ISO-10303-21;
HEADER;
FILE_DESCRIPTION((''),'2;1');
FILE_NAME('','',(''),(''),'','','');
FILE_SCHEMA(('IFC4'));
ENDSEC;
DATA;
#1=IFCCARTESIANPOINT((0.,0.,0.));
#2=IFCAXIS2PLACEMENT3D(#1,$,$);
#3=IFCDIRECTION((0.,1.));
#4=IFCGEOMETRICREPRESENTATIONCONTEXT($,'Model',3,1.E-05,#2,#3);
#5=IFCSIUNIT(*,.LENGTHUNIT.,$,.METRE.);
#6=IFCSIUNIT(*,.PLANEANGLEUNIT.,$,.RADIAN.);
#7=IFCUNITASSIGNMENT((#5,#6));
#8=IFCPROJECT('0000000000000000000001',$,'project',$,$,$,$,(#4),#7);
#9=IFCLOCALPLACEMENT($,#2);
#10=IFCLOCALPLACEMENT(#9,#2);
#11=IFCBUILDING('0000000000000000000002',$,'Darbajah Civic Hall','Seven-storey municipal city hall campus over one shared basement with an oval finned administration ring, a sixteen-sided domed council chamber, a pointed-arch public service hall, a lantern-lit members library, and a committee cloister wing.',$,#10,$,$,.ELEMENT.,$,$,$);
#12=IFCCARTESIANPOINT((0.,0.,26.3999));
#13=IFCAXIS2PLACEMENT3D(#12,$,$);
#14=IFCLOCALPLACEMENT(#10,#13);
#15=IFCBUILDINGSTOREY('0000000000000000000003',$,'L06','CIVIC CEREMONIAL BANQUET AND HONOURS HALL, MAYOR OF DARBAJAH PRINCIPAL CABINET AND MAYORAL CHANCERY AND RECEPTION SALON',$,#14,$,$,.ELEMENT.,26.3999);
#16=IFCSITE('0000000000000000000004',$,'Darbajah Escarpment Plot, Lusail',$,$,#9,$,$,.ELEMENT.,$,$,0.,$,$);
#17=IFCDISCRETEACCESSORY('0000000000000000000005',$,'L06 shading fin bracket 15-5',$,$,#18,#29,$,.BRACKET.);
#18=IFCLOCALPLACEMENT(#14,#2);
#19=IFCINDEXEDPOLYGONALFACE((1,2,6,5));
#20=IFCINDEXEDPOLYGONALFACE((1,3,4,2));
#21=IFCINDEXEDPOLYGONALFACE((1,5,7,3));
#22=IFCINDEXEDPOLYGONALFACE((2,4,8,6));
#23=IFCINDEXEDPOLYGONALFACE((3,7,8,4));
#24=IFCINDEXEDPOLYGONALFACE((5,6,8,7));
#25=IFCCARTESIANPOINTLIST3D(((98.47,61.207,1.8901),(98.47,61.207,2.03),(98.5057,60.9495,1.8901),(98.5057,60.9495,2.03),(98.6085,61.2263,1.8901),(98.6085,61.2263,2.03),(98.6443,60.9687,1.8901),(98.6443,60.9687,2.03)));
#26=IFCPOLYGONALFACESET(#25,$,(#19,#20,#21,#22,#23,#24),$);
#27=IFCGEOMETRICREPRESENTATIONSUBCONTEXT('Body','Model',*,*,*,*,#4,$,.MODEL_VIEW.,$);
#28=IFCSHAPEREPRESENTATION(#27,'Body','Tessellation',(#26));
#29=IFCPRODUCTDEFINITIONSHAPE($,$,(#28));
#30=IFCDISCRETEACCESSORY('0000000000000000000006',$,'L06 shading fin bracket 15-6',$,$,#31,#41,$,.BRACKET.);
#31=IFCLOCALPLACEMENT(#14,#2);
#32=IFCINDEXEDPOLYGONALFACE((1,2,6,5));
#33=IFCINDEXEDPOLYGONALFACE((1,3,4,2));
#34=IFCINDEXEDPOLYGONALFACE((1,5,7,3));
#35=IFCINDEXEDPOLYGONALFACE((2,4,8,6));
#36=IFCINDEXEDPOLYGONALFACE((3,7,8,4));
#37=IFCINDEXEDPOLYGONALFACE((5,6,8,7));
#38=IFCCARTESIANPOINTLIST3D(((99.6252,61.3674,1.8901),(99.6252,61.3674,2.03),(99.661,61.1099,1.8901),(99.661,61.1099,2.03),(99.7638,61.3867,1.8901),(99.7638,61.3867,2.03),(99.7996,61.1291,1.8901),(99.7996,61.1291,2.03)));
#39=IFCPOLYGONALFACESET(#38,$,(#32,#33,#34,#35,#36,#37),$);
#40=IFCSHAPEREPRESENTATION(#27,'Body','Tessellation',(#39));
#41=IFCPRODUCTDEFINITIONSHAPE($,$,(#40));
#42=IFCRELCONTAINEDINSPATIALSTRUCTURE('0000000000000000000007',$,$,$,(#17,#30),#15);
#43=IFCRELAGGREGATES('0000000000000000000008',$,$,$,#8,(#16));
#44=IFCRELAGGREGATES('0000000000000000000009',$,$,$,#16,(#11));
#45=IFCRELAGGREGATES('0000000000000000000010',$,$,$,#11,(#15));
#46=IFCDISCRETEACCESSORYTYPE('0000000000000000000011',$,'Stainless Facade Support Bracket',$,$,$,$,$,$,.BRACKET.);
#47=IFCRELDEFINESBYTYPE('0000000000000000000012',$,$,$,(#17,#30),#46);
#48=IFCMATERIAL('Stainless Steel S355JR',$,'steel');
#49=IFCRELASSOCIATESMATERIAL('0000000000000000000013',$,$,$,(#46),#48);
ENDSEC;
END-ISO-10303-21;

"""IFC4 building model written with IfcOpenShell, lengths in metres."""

from ifc_helpers import new_model, si_unit, direction, frame, origin, origin_2d, place, context, subcontext, project, spatial, rectangle, extrude, material, type_object, element, save


model = new_model("IFC4")

# Units and contexts
model_context = context("Model", 3, precision=1e-05, world=origin(), true_north=direction((0.0, 1.0)))
body_context = subcontext(model_context, "Body", "Model", "MODEL_VIEW")
ifc_project = project(units=[si_unit("LENGTHUNIT", "METRE"), si_unit("PLANEANGLEUNIT", "RADIAN")], contexts=[model_context])

# Site, building, storey
site_placement = place(None, origin())
site = spatial("IfcSite", under=ifc_project, at=site_placement, Name="Darbajah Escarpment Plot, Lusail", CompositionType="ELEMENT", RefElevation=0.0)
building_placement = place(site_placement, origin())
building = spatial("IfcBuilding", under=site, at=building_placement, Name="Darbajah Civic Hall", Description="Seven-storey municipal city hall campus over one shared basement with an oval finned administration ring, a sixteen-sided domed council chamber, a pointed-arch public service hall, a lantern-lit members library, and a committee cloister wing.", CompositionType="ELEMENT")
storey_placement = place(building_placement, frame((0.0, 0.0, 26.3999)))
storey = spatial("IfcBuildingStorey", under=building, at=storey_placement, Name="L06", Description="CIVIC CEREMONIAL BANQUET AND HONOURS HALL, MAYOR OF DARBAJAH PRINCIPAL CABINET AND MAYORAL CHANCERY AND RECEPTION SALON", CompositionType="ELEMENT", Elevation=26.3999)

# Discrete accessories
ifc_material_1 = material(Name="Stainless Steel S355JR", Category="steel")
discrete_accessory_type = type_object("IfcDiscreteAccessoryType", Name="Stainless Facade Support Bracket", PredefinedType="BRACKET", material=ifc_material_1)
for number, where, z_axis, x_axis, name in (
    (1, (98.5571, 61.0879, 1.8901), (0.0, 0.0, 1.0), (0.137617, -0.990485, 0.0), "L06 shading fin bracket 15-5"),
    (2, (99.7124, 61.2483, 1.8901), (0.0, 0.0, 1.0), (0.137617, -0.990485, 0.0), "L06 shading fin bracket 15-6"),
):
    element("IfcDiscreteAccessory", number, at=place(storey_placement, frame(where, z_axis=z_axis, x_axis=x_axis)), inside=storey, type_object=discrete_accessory_type, Name=name, PredefinedType="BRACKET", context=body_context, shape_type="SweptSolid", body=[
        extrude(rectangle(XDim=0.26, YDim=0.1399, at=origin_2d()), origin(), (0.0, 0.0, 1.0), 0.1399),
    ])

save(model, "model.ifc")
